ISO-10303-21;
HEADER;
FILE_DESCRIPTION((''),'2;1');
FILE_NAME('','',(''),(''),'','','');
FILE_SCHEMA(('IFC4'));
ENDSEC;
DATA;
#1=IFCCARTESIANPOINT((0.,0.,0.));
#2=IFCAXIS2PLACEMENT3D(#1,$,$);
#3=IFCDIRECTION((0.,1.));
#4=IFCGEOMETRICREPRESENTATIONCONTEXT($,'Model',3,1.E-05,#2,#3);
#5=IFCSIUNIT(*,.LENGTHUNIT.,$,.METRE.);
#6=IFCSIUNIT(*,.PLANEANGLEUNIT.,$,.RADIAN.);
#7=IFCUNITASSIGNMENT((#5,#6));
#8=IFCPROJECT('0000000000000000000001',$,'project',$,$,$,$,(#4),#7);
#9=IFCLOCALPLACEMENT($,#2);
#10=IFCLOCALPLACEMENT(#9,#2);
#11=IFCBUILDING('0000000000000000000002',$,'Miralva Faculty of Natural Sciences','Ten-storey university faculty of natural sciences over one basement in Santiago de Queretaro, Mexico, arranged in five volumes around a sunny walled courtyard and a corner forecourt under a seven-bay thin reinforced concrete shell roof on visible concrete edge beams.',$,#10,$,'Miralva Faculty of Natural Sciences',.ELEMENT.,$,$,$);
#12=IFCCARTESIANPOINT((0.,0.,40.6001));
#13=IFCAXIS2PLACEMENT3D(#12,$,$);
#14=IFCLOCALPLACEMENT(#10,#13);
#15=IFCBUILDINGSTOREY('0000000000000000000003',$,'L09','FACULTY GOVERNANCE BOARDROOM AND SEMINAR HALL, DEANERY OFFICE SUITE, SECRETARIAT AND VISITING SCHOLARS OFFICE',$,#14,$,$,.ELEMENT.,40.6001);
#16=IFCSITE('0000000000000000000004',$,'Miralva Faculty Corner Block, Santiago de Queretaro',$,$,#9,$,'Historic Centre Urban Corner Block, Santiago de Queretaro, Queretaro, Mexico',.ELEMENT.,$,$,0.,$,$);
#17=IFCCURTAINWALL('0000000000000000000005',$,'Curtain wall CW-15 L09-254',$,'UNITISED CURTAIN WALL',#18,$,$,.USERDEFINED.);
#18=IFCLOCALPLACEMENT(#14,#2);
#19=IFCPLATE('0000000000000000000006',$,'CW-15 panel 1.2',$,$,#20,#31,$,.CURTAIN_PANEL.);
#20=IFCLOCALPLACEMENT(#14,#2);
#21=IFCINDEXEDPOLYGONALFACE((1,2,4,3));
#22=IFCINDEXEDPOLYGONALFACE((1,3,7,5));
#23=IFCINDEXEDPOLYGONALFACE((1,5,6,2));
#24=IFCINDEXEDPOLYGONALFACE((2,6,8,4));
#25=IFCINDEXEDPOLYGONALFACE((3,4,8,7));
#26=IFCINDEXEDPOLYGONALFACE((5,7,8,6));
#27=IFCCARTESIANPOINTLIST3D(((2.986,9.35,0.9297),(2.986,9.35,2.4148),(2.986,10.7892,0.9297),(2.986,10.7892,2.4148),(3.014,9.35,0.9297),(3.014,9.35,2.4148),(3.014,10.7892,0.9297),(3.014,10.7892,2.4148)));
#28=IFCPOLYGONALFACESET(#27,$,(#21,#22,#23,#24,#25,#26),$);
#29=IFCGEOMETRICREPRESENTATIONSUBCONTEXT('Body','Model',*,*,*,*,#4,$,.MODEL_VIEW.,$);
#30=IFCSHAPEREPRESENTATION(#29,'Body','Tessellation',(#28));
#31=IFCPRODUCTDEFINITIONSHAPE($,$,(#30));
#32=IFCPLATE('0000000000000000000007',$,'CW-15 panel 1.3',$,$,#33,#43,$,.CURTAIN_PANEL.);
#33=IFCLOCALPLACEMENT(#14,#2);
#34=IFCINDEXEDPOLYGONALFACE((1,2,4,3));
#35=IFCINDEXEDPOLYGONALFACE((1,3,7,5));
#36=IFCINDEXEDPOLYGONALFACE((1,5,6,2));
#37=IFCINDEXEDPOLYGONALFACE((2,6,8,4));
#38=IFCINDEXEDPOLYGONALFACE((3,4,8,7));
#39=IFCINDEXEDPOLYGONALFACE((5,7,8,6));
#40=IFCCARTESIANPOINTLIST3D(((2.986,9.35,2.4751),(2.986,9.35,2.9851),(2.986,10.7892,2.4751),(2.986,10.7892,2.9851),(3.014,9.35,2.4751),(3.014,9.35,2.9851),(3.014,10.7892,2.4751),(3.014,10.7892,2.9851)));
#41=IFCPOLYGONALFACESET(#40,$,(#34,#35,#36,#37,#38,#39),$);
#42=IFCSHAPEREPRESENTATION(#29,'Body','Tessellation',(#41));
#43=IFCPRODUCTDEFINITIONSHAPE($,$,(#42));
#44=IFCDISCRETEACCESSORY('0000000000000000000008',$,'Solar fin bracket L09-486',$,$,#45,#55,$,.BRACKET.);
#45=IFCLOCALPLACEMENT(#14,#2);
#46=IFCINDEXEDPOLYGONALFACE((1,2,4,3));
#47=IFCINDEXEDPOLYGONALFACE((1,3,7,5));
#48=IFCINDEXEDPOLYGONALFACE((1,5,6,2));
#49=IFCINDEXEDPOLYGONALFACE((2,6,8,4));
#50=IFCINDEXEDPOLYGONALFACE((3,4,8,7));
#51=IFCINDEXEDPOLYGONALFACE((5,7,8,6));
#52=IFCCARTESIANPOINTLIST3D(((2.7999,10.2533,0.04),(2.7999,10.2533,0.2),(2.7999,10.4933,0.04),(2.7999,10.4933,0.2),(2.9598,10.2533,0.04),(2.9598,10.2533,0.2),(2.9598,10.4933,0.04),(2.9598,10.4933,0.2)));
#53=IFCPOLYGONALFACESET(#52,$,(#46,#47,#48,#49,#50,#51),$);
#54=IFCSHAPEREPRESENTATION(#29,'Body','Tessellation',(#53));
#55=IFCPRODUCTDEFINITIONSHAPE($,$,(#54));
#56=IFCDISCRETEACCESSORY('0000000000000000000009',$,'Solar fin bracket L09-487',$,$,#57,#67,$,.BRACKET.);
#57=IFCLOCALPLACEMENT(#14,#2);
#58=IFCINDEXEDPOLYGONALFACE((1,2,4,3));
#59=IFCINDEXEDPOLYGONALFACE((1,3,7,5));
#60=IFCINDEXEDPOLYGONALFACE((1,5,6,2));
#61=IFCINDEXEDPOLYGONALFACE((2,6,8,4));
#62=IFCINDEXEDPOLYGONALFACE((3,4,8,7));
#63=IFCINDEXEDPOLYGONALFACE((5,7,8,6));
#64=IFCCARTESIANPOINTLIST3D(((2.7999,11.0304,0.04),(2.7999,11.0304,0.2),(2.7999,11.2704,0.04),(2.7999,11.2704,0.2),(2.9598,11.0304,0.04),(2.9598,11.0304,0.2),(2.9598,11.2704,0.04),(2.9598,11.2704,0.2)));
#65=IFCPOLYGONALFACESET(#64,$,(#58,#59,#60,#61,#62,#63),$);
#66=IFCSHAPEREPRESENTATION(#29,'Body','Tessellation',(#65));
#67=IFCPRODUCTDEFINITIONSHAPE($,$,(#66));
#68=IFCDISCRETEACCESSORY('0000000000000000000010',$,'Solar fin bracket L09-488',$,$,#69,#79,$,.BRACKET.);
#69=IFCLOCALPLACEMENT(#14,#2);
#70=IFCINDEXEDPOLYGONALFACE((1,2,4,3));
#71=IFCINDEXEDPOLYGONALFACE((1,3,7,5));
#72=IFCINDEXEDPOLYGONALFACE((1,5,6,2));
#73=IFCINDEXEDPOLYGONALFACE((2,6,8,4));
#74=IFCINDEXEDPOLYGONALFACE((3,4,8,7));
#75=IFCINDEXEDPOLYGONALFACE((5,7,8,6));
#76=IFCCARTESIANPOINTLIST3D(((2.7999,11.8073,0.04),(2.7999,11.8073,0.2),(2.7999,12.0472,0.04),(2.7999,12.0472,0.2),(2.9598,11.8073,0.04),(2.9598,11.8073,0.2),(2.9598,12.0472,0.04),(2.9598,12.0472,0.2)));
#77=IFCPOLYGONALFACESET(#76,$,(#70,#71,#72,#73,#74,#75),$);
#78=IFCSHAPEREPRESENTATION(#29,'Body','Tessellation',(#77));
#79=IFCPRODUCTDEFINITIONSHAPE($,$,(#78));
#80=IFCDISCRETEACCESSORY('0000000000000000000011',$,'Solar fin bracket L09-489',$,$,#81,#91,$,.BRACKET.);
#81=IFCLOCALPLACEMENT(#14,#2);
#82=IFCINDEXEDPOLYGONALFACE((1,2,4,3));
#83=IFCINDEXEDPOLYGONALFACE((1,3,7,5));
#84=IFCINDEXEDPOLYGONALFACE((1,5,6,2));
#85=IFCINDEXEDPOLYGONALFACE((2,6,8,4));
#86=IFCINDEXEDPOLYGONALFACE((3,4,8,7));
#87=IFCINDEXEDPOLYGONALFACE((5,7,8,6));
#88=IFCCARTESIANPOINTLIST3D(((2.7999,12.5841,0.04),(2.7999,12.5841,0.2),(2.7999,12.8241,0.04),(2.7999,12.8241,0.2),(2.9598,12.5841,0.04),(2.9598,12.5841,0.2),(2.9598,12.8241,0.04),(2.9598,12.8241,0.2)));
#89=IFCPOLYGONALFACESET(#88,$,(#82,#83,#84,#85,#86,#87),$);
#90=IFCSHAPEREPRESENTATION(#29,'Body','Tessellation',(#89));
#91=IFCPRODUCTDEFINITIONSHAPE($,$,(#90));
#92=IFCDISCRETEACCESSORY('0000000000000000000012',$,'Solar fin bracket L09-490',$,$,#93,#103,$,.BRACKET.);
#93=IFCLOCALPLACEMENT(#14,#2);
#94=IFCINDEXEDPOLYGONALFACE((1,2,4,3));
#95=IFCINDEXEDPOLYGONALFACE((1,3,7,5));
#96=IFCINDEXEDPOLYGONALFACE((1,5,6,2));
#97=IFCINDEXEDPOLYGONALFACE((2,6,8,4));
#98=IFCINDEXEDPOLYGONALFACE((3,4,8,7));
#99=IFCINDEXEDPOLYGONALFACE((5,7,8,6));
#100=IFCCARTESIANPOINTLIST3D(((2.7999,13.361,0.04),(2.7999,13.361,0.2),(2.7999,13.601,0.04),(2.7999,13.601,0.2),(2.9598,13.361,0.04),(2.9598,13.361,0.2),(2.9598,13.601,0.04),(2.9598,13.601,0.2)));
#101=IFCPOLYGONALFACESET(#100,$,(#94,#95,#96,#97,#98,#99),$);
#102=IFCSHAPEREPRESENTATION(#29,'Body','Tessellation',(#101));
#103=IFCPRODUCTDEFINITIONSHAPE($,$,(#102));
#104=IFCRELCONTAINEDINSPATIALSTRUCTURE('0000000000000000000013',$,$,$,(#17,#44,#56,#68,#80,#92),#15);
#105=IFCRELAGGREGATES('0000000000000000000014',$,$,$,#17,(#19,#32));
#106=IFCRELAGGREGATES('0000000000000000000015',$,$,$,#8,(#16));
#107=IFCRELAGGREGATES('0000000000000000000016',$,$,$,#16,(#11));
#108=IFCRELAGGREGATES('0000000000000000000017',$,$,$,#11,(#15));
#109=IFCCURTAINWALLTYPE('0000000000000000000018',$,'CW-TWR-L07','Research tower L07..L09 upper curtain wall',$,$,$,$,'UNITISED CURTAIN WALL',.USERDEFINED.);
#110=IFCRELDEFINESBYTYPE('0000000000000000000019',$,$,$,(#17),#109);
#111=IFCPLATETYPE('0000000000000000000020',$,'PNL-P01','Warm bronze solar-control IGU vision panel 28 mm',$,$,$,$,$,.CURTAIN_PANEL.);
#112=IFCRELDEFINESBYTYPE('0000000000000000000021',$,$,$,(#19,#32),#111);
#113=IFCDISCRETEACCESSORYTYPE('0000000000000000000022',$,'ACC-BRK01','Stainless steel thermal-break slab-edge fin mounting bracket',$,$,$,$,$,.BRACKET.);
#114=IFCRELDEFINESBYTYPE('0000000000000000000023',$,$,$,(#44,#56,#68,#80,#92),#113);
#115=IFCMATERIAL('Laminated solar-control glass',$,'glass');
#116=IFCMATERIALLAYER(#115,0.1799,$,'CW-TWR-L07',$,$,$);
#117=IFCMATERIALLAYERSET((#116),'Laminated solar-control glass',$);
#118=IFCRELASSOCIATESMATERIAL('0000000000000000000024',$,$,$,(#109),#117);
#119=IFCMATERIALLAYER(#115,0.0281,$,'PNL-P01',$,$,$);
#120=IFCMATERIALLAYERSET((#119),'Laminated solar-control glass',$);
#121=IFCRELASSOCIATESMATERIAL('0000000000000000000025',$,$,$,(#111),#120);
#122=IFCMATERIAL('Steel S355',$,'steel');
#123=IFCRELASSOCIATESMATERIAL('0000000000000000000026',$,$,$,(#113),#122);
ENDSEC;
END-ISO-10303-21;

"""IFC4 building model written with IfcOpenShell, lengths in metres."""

from ifc_helpers import new_model, si_unit, direction, frame, origin, origin_2d, place, context, subcontext, project, spatial, rectangle, extrude, material, layer, layer_set, type_object, element, aggregate, save


model = new_model("IFC4")

# Units and contexts
model_context = context("Model", 3, precision=1e-05, world=origin(), true_north=direction((0.0, 1.0)))
body_context = subcontext(model_context, "Body", "Model", "MODEL_VIEW")
ifc_project = project(units=[si_unit("LENGTHUNIT", "METRE"), si_unit("PLANEANGLEUNIT", "RADIAN")], contexts=[model_context])

# Site, building, storey
site_placement = place(None, origin())
site = spatial("IfcSite", under=ifc_project, at=site_placement, Name="Miralva Faculty Corner Block, Santiago de Queretaro", LongName="Historic Centre Urban Corner Block, Santiago de Queretaro, Queretaro, Mexico", CompositionType="ELEMENT", RefElevation=0.0)
building_placement = place(site_placement, origin())
building = spatial("IfcBuilding", under=site, at=building_placement, Name="Miralva Faculty of Natural Sciences", Description="Ten-storey university faculty of natural sciences over one basement in Santiago de Queretaro, Mexico, arranged in five volumes around a sunny walled courtyard and a corner forecourt under a seven-bay thin reinforced concrete shell roof on visible concrete edge beams.", LongName="Miralva Faculty of Natural Sciences", CompositionType="ELEMENT")
storey_placement = place(building_placement, frame((0.0, 0.0, 40.6001)))
storey = spatial("IfcBuildingStorey", under=building, at=storey_placement, Name="L09", Description="FACULTY GOVERNANCE BOARDROOM AND SEMINAR HALL, DEANERY OFFICE SUITE, SECRETARIAT AND VISITING SCHOLARS OFFICE", CompositionType="ELEMENT", Elevation=40.6001)

# Curtain wall
ifc_material_1 = material(Name="Laminated solar-control glass", Category="glass")
ifc_layer_1 = layer(ifc_material_1, 0.1799, Name="CW-TWR-L07")
ifc_layer_set_1 = layer_set([ifc_layer_1], Name="Laminated solar-control glass")
curtain_wall_type = type_object("IfcCurtainWallType", Name="CW-TWR-L07", Description="Research tower L07..L09 upper curtain wall", ElementType="UNITISED CURTAIN WALL", PredefinedType="USERDEFINED", material=ifc_layer_set_1)
curtain_wall_placement = place(storey_placement, origin())
curtain_wall = element("IfcCurtainWall", 1, at=curtain_wall_placement, inside=storey, type_object=curtain_wall_type, Name="Curtain wall CW-15 L09-254", ObjectType="UNITISED CURTAIN WALL", PredefinedType="USERDEFINED")

# Plates
ifc_layer_2 = layer(ifc_material_1, 0.0281, Name="PNL-P01")
ifc_layer_set_2 = layer_set([ifc_layer_2], Name="Laminated solar-control glass")
plate_type = type_object("IfcPlateType", Name="PNL-P01", Description="Warm bronze solar-control IGU vision panel 28 mm", PredefinedType="CURTAIN_PANEL", material=ifc_layer_set_2)
plate_1_placement = place(storey_placement, frame((3.0, 10.0696, 0.9297), z_axis=(0.0, 0.0, 1.0), x_axis=(0.0, 1.0, 0.0)))
plate_1 = element("IfcPlate", 2, at=plate_1_placement, type_object=plate_type, Name="CW-15 panel 1.2", PredefinedType="CURTAIN_PANEL", context=body_context, shape_type="SweptSolid", body=[
    extrude(rectangle(XDim=1.4392, YDim=0.0281, at=origin_2d()), origin(), (0.0, 0.0, 1.0), 1.4851),
])
plate_2_placement = place(storey_placement, frame((3.0, 10.0696, 2.4751), z_axis=(0.0, 0.0, 1.0), x_axis=(0.0, 1.0, 0.0)))
plate_2 = element("IfcPlate", 3, at=plate_2_placement, type_object=plate_type, Name="CW-15 panel 1.3", PredefinedType="CURTAIN_PANEL", context=body_context, shape_type="SweptSolid", body=[
    extrude(rectangle(XDim=1.4392, YDim=0.0281, at=origin_2d()), origin(), (0.0, 0.0, 1.0), 0.51),
])
aggregate(curtain_wall, [plate_1, plate_2])

# Discrete accessories
ifc_material_2 = material(Name="Steel S355", Category="steel")
discrete_accessory_type = type_object("IfcDiscreteAccessoryType", Name="ACC-BRK01", Description="Stainless steel thermal-break slab-edge fin mounting bracket", PredefinedType="BRACKET", material=ifc_material_2)
for number, where, z_axis, x_axis, name in (
    (4, (2.8799, 10.3733, 0.04), (0.0, 0.0, 1.0), (-1.0, 0.0, 0.0), "Solar fin bracket L09-486"),
    (5, (2.8799, 11.1504, 0.04), (0.0, 0.0, 1.0), (-1.0, 0.0, 0.0), "Solar fin bracket L09-487"),
    (6, (2.8799, 11.9272, 0.04), (0.0, 0.0, 1.0), (-1.0, 0.0, 0.0), "Solar fin bracket L09-488"),
    (7, (2.8799, 12.7041, 0.04), (0.0, 0.0, 1.0), (-1.0, 0.0, 0.0), "Solar fin bracket L09-489"),
    (8, (2.8799, 13.481, 0.04), (0.0, 0.0, 1.0), (-1.0, 0.0, 0.0), "Solar fin bracket L09-490"),
):
    element("IfcDiscreteAccessory", number, at=place(storey_placement, frame(where, z_axis=z_axis, x_axis=x_axis)), inside=storey, type_object=discrete_accessory_type, Name=name, PredefinedType="BRACKET", context=body_context, shape_type="SweptSolid", body=[
        extrude(rectangle(XDim=0.1599, YDim=0.24, at=origin_2d()), origin(), (0.0, 0.0, 1.0), 0.1599),
    ])

save(model, "model.ifc")
